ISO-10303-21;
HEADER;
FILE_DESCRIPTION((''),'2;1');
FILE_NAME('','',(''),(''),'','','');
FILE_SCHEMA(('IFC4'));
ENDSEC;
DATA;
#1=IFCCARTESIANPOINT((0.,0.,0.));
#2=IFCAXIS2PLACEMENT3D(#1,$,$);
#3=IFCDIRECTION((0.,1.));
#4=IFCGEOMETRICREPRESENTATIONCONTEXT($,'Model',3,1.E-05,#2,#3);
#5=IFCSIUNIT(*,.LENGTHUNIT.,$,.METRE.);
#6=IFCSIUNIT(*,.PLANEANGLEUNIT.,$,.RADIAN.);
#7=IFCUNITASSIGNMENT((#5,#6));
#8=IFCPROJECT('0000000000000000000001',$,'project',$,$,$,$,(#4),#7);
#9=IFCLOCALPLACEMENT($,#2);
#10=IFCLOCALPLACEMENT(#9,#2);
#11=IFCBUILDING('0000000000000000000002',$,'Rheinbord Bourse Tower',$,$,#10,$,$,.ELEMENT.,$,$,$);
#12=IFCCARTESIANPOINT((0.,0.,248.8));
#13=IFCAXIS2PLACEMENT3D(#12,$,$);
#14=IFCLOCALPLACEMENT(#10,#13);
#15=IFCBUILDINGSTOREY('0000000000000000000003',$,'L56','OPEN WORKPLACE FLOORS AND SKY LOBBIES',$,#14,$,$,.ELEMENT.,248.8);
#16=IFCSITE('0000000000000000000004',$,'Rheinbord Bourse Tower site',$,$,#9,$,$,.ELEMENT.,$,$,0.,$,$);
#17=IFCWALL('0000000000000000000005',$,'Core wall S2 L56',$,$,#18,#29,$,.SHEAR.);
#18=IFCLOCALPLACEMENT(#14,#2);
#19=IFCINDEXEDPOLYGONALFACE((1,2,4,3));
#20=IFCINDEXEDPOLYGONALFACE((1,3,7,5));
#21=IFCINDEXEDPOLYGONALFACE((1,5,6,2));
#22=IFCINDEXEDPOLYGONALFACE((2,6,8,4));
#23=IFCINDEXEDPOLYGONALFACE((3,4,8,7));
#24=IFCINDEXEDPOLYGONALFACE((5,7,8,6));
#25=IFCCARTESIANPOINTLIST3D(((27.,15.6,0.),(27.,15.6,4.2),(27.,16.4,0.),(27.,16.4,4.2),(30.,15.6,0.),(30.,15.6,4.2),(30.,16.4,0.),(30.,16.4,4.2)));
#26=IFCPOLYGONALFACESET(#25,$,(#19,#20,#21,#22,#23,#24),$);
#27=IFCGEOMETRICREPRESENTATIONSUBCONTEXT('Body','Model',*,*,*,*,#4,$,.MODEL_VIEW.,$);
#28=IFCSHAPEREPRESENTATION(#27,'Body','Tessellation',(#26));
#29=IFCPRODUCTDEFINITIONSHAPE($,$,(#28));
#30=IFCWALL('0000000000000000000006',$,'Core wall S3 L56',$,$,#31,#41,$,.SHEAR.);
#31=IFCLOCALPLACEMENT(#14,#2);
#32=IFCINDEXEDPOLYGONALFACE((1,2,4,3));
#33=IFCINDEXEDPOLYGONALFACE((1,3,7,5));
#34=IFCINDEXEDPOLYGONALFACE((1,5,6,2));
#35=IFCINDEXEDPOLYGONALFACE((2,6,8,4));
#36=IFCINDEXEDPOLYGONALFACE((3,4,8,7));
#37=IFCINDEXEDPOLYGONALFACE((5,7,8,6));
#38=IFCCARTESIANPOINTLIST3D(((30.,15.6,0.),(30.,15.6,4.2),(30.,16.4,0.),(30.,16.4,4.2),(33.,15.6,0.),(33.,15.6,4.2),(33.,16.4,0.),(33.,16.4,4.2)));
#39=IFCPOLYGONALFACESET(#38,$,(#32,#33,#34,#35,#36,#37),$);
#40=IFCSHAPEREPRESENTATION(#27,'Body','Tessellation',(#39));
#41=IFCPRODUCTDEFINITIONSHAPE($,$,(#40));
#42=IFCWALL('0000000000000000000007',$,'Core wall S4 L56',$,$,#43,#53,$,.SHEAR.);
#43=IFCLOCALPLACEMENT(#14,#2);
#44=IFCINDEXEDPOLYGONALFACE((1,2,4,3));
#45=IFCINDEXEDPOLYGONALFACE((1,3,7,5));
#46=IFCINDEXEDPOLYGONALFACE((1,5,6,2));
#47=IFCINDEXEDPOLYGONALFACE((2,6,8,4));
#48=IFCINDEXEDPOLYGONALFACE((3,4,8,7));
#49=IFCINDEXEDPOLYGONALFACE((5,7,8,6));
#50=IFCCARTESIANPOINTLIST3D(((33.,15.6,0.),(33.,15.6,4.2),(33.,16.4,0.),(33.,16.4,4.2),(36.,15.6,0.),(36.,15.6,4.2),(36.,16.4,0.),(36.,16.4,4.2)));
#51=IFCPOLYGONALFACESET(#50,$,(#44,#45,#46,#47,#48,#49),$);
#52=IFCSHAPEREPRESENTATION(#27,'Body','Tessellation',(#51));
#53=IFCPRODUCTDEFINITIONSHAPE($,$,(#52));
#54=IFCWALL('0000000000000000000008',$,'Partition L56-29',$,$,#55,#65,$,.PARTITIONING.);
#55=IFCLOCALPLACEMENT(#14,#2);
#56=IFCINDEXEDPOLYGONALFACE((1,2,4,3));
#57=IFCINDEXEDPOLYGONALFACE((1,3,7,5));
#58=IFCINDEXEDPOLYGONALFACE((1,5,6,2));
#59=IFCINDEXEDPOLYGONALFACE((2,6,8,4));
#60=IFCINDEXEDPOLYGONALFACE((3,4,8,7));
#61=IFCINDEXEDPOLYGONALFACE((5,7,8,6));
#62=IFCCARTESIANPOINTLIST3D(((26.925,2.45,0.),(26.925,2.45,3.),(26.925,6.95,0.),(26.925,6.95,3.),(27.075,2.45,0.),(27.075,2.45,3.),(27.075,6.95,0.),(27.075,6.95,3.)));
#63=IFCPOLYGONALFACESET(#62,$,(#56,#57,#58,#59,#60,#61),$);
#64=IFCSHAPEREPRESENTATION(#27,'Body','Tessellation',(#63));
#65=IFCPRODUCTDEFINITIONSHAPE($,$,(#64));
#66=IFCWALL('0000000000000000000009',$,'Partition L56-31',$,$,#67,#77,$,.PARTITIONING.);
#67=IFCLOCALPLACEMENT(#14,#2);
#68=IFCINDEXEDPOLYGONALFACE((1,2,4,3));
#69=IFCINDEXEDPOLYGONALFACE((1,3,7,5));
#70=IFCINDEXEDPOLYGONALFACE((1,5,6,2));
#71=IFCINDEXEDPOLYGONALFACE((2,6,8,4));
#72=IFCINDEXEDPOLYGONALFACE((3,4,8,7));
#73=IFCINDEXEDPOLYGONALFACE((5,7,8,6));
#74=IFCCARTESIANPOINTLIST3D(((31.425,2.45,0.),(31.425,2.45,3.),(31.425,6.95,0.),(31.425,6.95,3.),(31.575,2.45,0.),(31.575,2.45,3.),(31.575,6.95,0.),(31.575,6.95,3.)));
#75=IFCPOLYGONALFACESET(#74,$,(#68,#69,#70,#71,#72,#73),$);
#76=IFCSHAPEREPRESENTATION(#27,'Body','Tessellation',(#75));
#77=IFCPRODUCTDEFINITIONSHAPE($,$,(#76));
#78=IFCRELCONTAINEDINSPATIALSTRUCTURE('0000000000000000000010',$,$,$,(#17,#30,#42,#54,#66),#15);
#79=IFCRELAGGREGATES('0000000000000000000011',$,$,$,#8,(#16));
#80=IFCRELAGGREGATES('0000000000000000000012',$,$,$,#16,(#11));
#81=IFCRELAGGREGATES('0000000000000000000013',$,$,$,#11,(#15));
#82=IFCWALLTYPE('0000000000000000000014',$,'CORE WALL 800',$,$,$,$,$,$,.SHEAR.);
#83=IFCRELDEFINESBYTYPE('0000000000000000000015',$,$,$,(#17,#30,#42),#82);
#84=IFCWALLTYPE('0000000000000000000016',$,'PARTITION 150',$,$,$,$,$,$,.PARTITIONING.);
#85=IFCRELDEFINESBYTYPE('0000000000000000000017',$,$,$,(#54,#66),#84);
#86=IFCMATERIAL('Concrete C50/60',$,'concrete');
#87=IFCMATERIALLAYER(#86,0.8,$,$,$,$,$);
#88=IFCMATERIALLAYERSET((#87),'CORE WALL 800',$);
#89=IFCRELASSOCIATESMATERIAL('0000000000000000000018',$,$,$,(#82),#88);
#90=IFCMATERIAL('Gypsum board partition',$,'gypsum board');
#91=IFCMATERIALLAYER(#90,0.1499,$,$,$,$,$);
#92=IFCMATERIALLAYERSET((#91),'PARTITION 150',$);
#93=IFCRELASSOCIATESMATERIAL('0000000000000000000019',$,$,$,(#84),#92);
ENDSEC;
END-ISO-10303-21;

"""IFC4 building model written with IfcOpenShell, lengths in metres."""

from ifc_helpers import new_model, si_unit, direction, frame, frame_2d, origin, place, context, subcontext, project, spatial, rectangle, extrude, material, layer, layer_set, type_object, element, save


model = new_model("IFC4")

# Units and contexts
model_context = context("Model", 3, precision=1e-05, world=origin(), true_north=direction((0.0, 1.0)))
body_context = subcontext(model_context, "Body", "Model", "MODEL_VIEW")
ifc_project = project(units=[si_unit("LENGTHUNIT", "METRE"), si_unit("PLANEANGLEUNIT", "RADIAN")], contexts=[model_context])

# Site, building, storey
site_placement = place(None, origin())
site = spatial("IfcSite", under=ifc_project, at=site_placement, Name="Rheinbord Bourse Tower site", CompositionType="ELEMENT", RefElevation=0.0)
building_placement = place(site_placement, origin())
building = spatial("IfcBuilding", under=site, at=building_placement, Name="Rheinbord Bourse Tower", CompositionType="ELEMENT")
storey_placement = place(building_placement, frame((0.0, 0.0, 248.8)))
storey = spatial("IfcBuildingStorey", under=building, at=storey_placement, Name="L56", Description="OPEN WORKPLACE FLOORS AND SKY LOBBIES", CompositionType="ELEMENT", Elevation=248.8)

# Walls
ifc_material_1 = material(Name="Concrete C50/60", Category="concrete")
ifc_layer_1 = layer(ifc_material_1, 0.8)
ifc_layer_set_1 = layer_set([ifc_layer_1], Name="CORE WALL 800")
wall_type_1 = type_object("IfcWallType", Name="CORE WALL 800", PredefinedType="SHEAR", material=ifc_layer_set_1)
for number, where, z_axis, x_axis, name in (
    (1, (27.0, 16.0, 0.0), (0.0, 0.0, 1.0), (1.0, 0.0, 0.0), "Core wall S2 L56"),
    (2, (30.0, 16.0, 0.0), (0.0, 0.0, 1.0), (1.0, 0.0, 0.0), "Core wall S3 L56"),
    (3, (33.0, 16.0, 0.0), (0.0, 0.0, 1.0), (1.0, 0.0, 0.0), "Core wall S4 L56"),
):
    element("IfcWall", number, at=place(storey_placement, frame(where, z_axis=z_axis, x_axis=x_axis)), inside=storey, type_object=wall_type_1, Name=name, PredefinedType="SHEAR", context=body_context, shape_type="SweptSolid", body=[
        extrude(rectangle(XDim=3.0, YDim=0.8, at=frame_2d((1.5, 0.0))), origin(), (0.0, 0.0, 1.0), 4.2),
    ])
ifc_material_2 = material(Name="Gypsum board partition", Category="gypsum board")
ifc_layer_2 = layer(ifc_material_2, 0.1499)
ifc_layer_set_2 = layer_set([ifc_layer_2], Name="PARTITION 150")
wall_type_2 = type_object("IfcWallType", Name="PARTITION 150", PredefinedType="PARTITIONING", material=ifc_layer_set_2)
for number, where, z_axis, x_axis, name in (
    (4, (27.0, 2.45, 0.0), (0.0, 0.0, 1.0), (0.0, 1.0, 0.0), "Partition L56-29"),
    (5, (31.5, 2.45, 0.0), (0.0, 0.0, 1.0), (0.0, 1.0, 0.0), "Partition L56-31"),
):
    element("IfcWall", number, at=place(storey_placement, frame(where, z_axis=z_axis, x_axis=x_axis)), inside=storey, type_object=wall_type_2, Name=name, PredefinedType="PARTITIONING", context=body_context, shape_type="SweptSolid", body=[
        extrude(rectangle(XDim=4.5, YDim=0.1499, at=frame_2d((2.25, 0.0))), origin(), (0.0, 0.0, 1.0), 3.0),
    ])

save(model, "model.ifc")
